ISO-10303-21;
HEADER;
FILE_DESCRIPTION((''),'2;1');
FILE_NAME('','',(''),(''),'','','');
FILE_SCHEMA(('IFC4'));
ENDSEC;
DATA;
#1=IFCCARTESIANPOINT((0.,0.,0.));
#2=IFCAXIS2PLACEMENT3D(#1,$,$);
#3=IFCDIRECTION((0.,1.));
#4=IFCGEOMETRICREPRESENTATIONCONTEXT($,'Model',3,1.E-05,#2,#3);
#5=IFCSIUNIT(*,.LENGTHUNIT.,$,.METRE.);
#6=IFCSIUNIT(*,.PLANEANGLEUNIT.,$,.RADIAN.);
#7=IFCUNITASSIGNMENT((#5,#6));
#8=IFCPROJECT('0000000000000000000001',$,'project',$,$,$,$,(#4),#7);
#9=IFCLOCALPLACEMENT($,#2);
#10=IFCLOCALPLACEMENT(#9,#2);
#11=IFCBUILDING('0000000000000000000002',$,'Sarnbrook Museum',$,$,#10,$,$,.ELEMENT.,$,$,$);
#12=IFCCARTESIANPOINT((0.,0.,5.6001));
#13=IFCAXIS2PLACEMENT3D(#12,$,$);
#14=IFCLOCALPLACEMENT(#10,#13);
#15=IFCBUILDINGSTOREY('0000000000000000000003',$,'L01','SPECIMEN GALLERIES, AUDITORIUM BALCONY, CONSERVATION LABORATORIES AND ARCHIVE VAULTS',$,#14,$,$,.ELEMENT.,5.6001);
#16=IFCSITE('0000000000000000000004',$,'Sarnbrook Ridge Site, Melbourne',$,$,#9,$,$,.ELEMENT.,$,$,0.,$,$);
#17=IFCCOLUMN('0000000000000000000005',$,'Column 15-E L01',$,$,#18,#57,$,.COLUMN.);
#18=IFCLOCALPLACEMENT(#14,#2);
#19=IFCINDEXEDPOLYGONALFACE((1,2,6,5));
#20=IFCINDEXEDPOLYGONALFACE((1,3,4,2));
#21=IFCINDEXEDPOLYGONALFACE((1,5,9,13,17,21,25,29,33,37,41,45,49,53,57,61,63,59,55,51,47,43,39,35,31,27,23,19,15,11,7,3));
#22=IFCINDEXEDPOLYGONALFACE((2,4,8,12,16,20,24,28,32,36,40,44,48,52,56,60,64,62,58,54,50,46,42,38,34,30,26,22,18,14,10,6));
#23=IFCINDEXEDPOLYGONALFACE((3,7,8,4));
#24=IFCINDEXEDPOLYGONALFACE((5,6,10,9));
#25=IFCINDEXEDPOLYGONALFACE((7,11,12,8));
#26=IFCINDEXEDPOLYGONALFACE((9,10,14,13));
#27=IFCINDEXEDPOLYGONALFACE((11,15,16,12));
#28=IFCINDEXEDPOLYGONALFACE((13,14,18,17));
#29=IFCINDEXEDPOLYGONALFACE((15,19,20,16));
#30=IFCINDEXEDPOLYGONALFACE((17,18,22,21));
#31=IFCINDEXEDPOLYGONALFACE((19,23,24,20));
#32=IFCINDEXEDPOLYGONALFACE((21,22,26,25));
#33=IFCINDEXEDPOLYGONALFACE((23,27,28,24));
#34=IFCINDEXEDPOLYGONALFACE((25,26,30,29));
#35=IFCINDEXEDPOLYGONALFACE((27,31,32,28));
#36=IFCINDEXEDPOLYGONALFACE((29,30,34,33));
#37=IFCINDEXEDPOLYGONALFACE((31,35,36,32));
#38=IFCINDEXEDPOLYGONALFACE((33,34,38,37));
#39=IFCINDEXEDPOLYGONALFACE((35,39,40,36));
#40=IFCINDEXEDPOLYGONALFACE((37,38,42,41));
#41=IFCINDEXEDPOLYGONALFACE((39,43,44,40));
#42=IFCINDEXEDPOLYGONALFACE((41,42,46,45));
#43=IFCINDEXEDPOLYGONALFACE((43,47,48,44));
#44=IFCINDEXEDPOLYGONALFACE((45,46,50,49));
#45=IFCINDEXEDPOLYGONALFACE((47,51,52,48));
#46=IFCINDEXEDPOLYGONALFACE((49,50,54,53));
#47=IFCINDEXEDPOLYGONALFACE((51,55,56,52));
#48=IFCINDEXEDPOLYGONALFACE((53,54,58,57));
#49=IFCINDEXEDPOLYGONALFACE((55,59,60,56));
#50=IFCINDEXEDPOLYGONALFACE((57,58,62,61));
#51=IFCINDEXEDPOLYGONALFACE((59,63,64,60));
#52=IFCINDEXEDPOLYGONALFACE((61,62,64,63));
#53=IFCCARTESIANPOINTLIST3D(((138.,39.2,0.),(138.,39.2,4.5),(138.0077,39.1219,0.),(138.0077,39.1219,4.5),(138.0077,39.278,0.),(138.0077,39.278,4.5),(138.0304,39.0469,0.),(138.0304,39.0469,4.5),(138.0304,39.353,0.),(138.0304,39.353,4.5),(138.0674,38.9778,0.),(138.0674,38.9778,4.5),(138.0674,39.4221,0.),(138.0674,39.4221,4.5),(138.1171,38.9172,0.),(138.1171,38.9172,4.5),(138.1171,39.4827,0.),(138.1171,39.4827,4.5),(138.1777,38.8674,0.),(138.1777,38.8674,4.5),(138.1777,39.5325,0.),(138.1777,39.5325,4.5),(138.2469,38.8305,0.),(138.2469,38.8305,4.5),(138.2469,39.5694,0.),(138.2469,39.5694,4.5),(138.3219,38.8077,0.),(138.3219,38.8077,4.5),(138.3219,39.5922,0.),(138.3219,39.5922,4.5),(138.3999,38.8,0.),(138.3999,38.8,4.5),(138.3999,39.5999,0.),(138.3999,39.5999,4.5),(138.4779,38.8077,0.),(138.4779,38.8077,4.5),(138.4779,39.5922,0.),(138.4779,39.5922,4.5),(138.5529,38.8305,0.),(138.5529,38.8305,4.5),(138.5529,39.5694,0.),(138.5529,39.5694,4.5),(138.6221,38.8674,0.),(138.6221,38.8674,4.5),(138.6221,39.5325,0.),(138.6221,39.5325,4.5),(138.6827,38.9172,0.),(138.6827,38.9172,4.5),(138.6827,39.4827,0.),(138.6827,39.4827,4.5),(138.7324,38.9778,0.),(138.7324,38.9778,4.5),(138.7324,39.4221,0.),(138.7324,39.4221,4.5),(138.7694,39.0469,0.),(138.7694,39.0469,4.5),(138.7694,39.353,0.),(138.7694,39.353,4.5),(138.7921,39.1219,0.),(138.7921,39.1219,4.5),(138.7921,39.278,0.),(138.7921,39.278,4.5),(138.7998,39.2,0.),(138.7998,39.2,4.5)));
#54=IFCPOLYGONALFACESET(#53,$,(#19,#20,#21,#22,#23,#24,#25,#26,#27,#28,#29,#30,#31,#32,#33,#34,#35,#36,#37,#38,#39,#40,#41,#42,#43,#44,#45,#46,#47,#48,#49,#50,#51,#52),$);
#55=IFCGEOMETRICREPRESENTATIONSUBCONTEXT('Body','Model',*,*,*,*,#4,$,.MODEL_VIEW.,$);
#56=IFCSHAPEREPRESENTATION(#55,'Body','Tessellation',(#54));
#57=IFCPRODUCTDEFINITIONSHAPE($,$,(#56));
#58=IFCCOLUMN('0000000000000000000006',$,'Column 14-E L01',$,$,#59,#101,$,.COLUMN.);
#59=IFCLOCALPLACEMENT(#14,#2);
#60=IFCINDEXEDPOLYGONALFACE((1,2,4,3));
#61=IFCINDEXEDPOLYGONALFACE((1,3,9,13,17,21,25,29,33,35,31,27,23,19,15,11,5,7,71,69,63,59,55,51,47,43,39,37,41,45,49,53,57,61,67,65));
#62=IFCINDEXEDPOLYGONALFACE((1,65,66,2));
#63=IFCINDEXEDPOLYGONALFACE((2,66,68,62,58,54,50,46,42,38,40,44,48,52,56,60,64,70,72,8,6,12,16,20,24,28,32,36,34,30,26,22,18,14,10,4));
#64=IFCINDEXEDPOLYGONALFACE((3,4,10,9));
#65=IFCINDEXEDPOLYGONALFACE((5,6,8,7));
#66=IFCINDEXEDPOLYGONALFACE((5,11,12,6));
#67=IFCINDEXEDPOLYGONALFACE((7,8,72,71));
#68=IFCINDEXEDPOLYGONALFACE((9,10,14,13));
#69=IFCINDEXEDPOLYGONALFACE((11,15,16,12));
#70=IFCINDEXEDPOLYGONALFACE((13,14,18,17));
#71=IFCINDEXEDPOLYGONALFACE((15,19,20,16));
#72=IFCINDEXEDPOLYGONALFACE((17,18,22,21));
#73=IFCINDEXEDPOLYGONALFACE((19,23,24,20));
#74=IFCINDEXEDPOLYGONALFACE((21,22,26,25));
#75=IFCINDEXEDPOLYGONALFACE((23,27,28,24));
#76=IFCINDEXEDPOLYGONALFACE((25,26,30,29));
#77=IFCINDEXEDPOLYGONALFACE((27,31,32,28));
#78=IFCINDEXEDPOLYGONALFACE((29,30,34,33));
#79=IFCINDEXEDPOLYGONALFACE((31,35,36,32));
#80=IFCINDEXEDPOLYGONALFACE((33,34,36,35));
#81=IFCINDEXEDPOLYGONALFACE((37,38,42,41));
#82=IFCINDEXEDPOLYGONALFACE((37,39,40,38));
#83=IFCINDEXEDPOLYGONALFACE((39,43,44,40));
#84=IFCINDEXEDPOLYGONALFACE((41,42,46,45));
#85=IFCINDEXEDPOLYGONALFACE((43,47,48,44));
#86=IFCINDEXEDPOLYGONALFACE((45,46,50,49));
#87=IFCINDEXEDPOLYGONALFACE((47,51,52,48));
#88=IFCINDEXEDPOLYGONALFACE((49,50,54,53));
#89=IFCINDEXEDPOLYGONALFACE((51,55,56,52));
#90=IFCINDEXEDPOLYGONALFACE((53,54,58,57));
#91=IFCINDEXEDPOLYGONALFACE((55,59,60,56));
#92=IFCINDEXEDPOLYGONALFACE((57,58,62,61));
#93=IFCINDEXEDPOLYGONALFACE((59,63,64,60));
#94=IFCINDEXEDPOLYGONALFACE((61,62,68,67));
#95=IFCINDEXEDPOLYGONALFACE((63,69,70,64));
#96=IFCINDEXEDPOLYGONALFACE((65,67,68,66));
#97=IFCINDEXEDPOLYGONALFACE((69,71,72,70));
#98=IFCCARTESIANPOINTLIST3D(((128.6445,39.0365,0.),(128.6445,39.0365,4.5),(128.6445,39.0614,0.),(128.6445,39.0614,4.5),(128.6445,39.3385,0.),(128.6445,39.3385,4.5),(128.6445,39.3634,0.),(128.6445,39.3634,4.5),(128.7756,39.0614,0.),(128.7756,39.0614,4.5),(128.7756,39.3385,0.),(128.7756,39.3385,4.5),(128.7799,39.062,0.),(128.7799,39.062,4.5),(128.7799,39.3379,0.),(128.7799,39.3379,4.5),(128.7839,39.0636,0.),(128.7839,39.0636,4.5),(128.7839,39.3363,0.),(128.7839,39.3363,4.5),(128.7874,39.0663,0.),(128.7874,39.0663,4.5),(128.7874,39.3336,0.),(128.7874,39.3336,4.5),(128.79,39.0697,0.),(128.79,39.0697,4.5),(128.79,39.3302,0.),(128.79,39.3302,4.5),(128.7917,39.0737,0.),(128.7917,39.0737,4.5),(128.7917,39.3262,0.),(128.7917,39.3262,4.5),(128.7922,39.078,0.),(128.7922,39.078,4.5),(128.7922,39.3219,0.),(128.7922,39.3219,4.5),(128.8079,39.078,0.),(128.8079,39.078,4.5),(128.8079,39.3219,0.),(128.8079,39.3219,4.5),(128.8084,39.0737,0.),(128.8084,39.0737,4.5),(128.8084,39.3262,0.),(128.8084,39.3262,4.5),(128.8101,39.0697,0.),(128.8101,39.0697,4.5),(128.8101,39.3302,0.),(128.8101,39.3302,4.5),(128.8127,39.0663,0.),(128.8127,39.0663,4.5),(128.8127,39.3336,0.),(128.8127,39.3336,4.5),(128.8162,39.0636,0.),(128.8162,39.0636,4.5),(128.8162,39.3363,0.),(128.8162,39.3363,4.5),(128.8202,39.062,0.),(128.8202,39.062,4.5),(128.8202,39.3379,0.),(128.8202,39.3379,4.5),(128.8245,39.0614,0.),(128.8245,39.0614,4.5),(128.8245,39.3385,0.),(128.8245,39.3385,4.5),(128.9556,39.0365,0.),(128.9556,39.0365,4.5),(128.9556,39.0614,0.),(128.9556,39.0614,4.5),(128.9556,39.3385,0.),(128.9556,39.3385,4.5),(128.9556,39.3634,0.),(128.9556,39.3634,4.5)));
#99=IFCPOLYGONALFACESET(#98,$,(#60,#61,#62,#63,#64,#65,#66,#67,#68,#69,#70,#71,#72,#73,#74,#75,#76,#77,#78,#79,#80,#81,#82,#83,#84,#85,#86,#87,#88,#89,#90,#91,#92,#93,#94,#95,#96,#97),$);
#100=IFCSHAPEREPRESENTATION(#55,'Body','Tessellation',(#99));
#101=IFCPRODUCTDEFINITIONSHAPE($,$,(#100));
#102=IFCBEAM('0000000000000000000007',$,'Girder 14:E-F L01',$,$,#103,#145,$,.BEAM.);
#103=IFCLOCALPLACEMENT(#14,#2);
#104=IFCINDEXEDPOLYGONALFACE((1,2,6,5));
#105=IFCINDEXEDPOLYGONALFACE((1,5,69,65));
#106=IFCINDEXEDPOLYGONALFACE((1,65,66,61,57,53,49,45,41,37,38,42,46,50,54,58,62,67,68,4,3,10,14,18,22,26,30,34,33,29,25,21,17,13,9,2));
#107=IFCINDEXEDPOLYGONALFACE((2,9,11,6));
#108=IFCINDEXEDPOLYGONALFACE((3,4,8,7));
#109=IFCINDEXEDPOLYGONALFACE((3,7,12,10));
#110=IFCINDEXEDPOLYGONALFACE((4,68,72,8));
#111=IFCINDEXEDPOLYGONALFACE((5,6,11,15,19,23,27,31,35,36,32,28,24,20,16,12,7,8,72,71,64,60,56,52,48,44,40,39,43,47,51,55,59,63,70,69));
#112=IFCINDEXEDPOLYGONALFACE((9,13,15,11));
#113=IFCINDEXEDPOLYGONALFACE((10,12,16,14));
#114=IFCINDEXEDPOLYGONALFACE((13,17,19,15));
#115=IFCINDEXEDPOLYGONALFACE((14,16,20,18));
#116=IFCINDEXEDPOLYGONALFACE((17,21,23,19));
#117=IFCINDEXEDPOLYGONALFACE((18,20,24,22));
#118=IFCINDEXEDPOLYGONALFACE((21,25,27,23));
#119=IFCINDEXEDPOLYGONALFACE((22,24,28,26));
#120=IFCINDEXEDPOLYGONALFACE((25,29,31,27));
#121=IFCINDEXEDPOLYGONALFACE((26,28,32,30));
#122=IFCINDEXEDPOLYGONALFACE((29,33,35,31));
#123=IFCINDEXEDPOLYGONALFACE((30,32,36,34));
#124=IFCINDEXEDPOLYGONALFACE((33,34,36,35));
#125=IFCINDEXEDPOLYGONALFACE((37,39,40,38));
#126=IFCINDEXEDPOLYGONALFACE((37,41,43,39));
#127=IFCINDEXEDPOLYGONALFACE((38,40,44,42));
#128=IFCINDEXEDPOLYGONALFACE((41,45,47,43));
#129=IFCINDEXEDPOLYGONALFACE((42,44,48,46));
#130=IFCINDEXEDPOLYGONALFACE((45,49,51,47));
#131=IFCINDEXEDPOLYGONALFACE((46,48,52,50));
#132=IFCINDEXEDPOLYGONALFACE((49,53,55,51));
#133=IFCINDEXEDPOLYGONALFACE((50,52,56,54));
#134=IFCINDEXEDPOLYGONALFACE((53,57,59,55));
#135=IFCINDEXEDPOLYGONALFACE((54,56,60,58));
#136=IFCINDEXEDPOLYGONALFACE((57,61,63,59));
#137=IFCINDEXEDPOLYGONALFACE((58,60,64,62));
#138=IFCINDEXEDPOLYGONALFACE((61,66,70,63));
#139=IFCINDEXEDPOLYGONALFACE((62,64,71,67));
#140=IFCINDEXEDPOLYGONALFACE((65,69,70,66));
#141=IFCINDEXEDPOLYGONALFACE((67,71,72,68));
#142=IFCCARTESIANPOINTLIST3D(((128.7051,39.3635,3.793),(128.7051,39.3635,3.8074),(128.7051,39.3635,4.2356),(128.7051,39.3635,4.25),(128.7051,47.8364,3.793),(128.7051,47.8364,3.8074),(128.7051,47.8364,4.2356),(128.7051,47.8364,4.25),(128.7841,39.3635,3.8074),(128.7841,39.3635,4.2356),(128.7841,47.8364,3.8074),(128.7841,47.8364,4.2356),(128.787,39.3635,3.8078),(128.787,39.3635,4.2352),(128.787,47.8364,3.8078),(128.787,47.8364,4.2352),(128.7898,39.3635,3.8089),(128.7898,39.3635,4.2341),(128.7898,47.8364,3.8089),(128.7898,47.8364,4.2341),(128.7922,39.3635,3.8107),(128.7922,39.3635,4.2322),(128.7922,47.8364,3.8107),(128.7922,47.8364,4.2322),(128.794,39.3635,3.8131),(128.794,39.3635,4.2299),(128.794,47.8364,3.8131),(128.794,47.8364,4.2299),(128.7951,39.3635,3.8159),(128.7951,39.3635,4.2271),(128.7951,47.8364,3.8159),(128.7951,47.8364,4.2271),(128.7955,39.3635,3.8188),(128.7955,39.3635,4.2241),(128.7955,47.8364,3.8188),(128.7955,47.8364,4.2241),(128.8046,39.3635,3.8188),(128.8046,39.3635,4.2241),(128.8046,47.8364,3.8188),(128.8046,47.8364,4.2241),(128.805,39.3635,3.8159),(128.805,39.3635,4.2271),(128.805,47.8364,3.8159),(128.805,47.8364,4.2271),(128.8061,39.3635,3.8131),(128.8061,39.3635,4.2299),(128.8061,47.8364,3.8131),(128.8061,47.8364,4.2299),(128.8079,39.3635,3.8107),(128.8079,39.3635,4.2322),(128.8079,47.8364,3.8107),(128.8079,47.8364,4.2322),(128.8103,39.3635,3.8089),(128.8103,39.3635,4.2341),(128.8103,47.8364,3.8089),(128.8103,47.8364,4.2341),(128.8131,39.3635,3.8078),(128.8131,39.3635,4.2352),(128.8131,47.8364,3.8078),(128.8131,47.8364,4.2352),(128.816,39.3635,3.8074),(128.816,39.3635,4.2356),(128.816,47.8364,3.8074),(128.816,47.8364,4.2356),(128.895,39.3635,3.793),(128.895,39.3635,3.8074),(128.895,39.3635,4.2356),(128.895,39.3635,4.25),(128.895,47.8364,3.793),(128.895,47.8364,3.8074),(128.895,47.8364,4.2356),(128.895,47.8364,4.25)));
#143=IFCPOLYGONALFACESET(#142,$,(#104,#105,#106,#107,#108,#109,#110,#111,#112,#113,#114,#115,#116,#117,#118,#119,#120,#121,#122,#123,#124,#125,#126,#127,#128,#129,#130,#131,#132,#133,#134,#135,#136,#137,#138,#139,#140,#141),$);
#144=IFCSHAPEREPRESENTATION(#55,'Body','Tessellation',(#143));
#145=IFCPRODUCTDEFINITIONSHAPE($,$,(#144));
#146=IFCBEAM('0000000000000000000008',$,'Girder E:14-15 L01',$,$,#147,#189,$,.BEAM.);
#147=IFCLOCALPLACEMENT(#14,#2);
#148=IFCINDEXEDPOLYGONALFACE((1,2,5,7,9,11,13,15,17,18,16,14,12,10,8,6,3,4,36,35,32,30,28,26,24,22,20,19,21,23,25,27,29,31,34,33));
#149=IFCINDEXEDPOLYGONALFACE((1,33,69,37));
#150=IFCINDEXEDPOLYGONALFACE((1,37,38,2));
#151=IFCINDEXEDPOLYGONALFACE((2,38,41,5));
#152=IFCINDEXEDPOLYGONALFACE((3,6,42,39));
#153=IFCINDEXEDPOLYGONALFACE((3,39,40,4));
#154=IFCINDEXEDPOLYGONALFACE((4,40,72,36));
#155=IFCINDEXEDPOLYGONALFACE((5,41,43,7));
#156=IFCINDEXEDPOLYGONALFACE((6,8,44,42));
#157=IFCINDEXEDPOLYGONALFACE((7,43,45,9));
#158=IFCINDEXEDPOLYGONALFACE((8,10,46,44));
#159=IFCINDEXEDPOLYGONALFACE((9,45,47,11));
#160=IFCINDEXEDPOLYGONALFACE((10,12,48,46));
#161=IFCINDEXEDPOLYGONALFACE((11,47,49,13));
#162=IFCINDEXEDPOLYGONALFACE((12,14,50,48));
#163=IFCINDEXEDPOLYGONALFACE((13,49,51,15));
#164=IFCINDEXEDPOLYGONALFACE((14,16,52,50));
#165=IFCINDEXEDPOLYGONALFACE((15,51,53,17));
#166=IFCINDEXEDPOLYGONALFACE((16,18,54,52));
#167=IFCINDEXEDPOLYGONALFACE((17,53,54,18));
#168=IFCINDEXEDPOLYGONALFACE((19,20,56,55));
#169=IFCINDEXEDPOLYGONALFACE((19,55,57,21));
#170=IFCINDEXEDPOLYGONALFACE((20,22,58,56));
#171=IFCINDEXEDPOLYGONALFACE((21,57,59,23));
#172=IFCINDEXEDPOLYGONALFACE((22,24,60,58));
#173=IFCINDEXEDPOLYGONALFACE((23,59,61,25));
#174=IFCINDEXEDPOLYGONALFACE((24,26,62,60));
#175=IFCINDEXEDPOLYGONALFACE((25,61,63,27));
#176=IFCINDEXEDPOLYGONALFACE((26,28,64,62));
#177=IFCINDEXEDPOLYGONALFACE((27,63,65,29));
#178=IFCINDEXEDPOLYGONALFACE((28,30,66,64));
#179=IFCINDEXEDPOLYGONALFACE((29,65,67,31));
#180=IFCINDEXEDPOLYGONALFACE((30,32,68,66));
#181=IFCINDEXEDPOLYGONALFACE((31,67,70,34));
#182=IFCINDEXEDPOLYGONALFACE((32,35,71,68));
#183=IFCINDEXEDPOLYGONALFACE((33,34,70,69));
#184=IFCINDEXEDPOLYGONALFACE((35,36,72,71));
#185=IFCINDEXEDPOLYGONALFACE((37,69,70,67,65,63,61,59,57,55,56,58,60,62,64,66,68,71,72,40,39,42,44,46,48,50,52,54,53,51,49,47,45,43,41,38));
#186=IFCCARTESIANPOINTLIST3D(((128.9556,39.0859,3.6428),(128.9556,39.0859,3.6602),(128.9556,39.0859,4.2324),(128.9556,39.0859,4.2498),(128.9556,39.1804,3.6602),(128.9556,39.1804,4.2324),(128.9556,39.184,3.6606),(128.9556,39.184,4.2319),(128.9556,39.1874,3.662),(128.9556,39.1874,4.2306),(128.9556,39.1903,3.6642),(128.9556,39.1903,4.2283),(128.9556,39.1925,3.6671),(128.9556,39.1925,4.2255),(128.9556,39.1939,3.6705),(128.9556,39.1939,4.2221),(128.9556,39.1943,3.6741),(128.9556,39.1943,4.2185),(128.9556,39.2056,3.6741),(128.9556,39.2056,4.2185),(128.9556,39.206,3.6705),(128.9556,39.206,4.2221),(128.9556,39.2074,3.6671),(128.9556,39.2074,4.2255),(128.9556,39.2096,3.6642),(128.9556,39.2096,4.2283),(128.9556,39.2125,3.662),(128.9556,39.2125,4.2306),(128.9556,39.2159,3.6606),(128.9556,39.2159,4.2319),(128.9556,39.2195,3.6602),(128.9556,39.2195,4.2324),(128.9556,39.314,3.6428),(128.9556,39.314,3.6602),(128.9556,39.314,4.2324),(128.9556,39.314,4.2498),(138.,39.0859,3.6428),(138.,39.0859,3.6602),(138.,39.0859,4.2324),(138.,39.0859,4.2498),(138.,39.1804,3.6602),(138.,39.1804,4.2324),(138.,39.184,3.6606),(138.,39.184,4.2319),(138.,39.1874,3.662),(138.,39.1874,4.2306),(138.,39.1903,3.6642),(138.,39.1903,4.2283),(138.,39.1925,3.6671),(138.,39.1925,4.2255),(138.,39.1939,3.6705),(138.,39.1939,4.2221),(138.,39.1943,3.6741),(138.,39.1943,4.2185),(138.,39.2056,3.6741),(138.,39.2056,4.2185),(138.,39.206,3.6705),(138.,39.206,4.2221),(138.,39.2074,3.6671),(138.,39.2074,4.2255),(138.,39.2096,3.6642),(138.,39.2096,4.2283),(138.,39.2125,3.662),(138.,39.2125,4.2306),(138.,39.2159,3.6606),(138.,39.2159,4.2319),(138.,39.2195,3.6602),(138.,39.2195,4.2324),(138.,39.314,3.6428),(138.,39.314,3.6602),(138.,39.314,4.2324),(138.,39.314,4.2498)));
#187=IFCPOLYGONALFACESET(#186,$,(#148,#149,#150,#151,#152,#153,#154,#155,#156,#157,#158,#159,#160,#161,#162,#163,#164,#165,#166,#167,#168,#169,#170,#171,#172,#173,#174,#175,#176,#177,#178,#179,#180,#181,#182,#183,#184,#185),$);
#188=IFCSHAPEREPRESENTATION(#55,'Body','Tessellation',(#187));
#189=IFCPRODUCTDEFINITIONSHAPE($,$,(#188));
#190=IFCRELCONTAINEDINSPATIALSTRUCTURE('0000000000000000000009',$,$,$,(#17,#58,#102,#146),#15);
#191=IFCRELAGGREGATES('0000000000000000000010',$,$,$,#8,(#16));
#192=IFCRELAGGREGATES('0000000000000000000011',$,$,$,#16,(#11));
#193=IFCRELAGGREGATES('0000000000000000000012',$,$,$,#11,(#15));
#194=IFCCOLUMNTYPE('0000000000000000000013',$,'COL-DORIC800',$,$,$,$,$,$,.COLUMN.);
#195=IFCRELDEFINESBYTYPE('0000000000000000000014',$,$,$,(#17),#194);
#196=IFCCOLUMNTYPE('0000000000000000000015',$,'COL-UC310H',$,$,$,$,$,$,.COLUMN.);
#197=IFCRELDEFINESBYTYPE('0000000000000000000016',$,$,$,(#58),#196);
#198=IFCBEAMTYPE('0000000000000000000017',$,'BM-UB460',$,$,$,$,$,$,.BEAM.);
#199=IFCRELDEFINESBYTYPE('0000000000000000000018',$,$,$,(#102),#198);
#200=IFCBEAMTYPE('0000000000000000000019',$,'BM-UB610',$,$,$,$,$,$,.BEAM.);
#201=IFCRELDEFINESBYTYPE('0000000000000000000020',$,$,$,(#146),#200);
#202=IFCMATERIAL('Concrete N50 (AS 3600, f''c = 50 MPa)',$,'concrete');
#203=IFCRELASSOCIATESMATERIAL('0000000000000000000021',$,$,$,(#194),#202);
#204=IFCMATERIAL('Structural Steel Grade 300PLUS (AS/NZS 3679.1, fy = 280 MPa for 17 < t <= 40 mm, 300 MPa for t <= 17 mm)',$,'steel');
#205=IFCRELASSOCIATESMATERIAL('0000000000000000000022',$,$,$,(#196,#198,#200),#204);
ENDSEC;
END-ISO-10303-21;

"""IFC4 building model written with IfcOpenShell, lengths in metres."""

from ifc_helpers import new_model, si_unit, direction, frame, origin, origin_2d, place, context, subcontext, project, spatial, circle, i_section, extrude, material, material_profile, profile_set, type_object, element, save


model = new_model("IFC4")

# Units and contexts
model_context = context("Model", 3, precision=1e-05, world=origin(), true_north=direction((0.0, 1.0)))
body_context = subcontext(model_context, "Body", "Model", "MODEL_VIEW")
ifc_project = project(units=[si_unit("LENGTHUNIT", "METRE"), si_unit("PLANEANGLEUNIT", "RADIAN")], contexts=[model_context])

# Site, building, storey
site_placement = place(None, origin())
site = spatial("IfcSite", under=ifc_project, at=site_placement, Name="Sarnbrook Ridge Site, Melbourne", CompositionType="ELEMENT", RefElevation=0.0)
building_placement = place(site_placement, origin())
building = spatial("IfcBuilding", under=site, at=building_placement, Name="Sarnbrook Museum", CompositionType="ELEMENT")
storey_placement = place(building_placement, frame((0.0, 0.0, 5.6001)))
storey = spatial("IfcBuildingStorey", under=building, at=storey_placement, Name="L01", Description="SPECIMEN GALLERIES, AUDITORIUM BALCONY, CONSERVATION LABORATORIES AND ARCHIVE VAULTS", CompositionType="ELEMENT", Elevation=5.6001)

# Columns
ifc_material_1 = material(Name="Concrete N50 (AS 3600, f'c = 50 MPa)", Category="concrete")
ifc_material_profile_1 = material_profile(ifc_material_1, circle(Radius=0.3999, at=origin_2d()), Name="DORIC D800")
ifc_profile_set_1 = profile_set([ifc_material_profile_1], Name="Concrete N50 (AS 3600, f'c = 50 MPa)")
column_type_1 = type_object("IfcColumnType", Name="COL-DORIC800", PredefinedType="COLUMN", material=ifc_profile_set_1)
column_1_placement = place(storey_placement, frame((138.3999, 39.2, 0.0), z_axis=(0.0, 0.0, 1.0), x_axis=(1.0, 0.0, 0.0)))
element("IfcColumn", 1, at=column_1_placement, inside=storey, type_object=column_type_1, Name="Column 15-E L01", PredefinedType="COLUMN", context=body_context, shape_type="SweptSolid", body=[
    extrude(circle(Radius=0.3999, at=origin_2d()), origin(), (0.0, 0.0, 1.0), 4.5),
])
ifc_material_2 = material(Name="Structural Steel Grade 300PLUS (AS/NZS 3679.1, fy = 280 MPa for 17 < t <= 40 mm, 300 MPa for t <= 17 mm)", Category="steel")
ifc_material_profile_2 = material_profile(ifc_material_2, i_section(OverallWidth=0.311, OverallDepth=0.3269, WebThickness=0.0156, FlangeThickness=0.0249, FilletRadius=0.0166, at=origin_2d()), Name="310UC158")
ifc_profile_set_2 = profile_set([ifc_material_profile_2], Name="Structural Steel Grade 300PLUS (AS/NZS 3679.1, fy = 280 MPa for 17 < t <= 40 mm, 300 MPa for t <= 17 mm)")
column_type_2 = type_object("IfcColumnType", Name="COL-UC310H", PredefinedType="COLUMN", material=ifc_profile_set_2)
column_2_placement = place(storey_placement, frame((128.8, 39.2, 0.0), z_axis=(0.0, 0.0, 1.0), x_axis=(1.0, 0.0, 0.0)))
element("IfcColumn", 2, at=column_2_placement, inside=storey, type_object=column_type_2, Name="Column 14-E L01", PredefinedType="COLUMN", context=body_context, shape_type="SweptSolid", body=[
    extrude(i_section(OverallWidth=0.311, OverallDepth=0.3269, WebThickness=0.0156, FlangeThickness=0.0249, FilletRadius=0.0166, at=origin_2d()), origin(), (0.0, 0.0, 1.0), 4.5),
])

# Beams
ifc_material_profile_3 = material_profile(ifc_material_2, i_section(OverallWidth=0.1899, OverallDepth=0.457, WebThickness=0.009, FlangeThickness=0.0144, FilletRadius=0.0115, at=origin_2d()), Name="460UB74.6")
ifc_profile_set_3 = profile_set([ifc_material_profile_3], Name="Structural Steel Grade 300PLUS (AS/NZS 3679.1, fy = 280 MPa for 17 < t <= 40 mm, 300 MPa for t <= 17 mm)")
beam_type_1 = type_object("IfcBeamType", Name="BM-UB460", PredefinedType="BEAM", material=ifc_profile_set_3)
beam_1_placement = place(storey_placement, frame((128.8, 39.3635, 4.0215), z_axis=(0.0, 1.0, 0.0), x_axis=(-1.0, 0.0, 0.0)))
element("IfcBeam", 3, at=beam_1_placement, inside=storey, type_object=beam_type_1, Name="Girder 14:E-F L01", PredefinedType="BEAM", context=body_context, shape_type="SweptSolid", body=[
    extrude(i_section(OverallWidth=0.1899, OverallDepth=0.457, WebThickness=0.009, FlangeThickness=0.0144, FilletRadius=0.0115, at=origin_2d()), origin(), (0.0, 0.0, 1.0), 8.4729),
])
ifc_material_profile_4 = material_profile(ifc_material_2, i_section(OverallWidth=0.228, OverallDepth=0.6069, WebThickness=0.0112, FlangeThickness=0.0173, FilletRadius=0.0139, at=origin_2d()), Name="610UB113")
ifc_profile_set_4 = profile_set([ifc_material_profile_4], Name="Structural Steel Grade 300PLUS (AS/NZS 3679.1, fy = 280 MPa for 17 < t <= 40 mm, 300 MPa for t <= 17 mm)")
beam_type_2 = type_object("IfcBeamType", Name="BM-UB610", PredefinedType="BEAM", material=ifc_profile_set_4)
beam_2_placement = place(storey_placement, frame((128.9556, 39.2, 3.9463), z_axis=(1.0, 0.0, 0.0), x_axis=(0.0, 1.0, 0.0)))
element("IfcBeam", 4, at=beam_2_placement, inside=storey, type_object=beam_type_2, Name="Girder E:14-15 L01", PredefinedType="BEAM", context=body_context, shape_type="SweptSolid", body=[
    extrude(i_section(OverallWidth=0.228, OverallDepth=0.6069, WebThickness=0.0112, FlangeThickness=0.0173, FilletRadius=0.0139, at=origin_2d()), origin(), (0.0, 0.0, 1.0), 9.0444),
])

save(model, "model.ifc")
